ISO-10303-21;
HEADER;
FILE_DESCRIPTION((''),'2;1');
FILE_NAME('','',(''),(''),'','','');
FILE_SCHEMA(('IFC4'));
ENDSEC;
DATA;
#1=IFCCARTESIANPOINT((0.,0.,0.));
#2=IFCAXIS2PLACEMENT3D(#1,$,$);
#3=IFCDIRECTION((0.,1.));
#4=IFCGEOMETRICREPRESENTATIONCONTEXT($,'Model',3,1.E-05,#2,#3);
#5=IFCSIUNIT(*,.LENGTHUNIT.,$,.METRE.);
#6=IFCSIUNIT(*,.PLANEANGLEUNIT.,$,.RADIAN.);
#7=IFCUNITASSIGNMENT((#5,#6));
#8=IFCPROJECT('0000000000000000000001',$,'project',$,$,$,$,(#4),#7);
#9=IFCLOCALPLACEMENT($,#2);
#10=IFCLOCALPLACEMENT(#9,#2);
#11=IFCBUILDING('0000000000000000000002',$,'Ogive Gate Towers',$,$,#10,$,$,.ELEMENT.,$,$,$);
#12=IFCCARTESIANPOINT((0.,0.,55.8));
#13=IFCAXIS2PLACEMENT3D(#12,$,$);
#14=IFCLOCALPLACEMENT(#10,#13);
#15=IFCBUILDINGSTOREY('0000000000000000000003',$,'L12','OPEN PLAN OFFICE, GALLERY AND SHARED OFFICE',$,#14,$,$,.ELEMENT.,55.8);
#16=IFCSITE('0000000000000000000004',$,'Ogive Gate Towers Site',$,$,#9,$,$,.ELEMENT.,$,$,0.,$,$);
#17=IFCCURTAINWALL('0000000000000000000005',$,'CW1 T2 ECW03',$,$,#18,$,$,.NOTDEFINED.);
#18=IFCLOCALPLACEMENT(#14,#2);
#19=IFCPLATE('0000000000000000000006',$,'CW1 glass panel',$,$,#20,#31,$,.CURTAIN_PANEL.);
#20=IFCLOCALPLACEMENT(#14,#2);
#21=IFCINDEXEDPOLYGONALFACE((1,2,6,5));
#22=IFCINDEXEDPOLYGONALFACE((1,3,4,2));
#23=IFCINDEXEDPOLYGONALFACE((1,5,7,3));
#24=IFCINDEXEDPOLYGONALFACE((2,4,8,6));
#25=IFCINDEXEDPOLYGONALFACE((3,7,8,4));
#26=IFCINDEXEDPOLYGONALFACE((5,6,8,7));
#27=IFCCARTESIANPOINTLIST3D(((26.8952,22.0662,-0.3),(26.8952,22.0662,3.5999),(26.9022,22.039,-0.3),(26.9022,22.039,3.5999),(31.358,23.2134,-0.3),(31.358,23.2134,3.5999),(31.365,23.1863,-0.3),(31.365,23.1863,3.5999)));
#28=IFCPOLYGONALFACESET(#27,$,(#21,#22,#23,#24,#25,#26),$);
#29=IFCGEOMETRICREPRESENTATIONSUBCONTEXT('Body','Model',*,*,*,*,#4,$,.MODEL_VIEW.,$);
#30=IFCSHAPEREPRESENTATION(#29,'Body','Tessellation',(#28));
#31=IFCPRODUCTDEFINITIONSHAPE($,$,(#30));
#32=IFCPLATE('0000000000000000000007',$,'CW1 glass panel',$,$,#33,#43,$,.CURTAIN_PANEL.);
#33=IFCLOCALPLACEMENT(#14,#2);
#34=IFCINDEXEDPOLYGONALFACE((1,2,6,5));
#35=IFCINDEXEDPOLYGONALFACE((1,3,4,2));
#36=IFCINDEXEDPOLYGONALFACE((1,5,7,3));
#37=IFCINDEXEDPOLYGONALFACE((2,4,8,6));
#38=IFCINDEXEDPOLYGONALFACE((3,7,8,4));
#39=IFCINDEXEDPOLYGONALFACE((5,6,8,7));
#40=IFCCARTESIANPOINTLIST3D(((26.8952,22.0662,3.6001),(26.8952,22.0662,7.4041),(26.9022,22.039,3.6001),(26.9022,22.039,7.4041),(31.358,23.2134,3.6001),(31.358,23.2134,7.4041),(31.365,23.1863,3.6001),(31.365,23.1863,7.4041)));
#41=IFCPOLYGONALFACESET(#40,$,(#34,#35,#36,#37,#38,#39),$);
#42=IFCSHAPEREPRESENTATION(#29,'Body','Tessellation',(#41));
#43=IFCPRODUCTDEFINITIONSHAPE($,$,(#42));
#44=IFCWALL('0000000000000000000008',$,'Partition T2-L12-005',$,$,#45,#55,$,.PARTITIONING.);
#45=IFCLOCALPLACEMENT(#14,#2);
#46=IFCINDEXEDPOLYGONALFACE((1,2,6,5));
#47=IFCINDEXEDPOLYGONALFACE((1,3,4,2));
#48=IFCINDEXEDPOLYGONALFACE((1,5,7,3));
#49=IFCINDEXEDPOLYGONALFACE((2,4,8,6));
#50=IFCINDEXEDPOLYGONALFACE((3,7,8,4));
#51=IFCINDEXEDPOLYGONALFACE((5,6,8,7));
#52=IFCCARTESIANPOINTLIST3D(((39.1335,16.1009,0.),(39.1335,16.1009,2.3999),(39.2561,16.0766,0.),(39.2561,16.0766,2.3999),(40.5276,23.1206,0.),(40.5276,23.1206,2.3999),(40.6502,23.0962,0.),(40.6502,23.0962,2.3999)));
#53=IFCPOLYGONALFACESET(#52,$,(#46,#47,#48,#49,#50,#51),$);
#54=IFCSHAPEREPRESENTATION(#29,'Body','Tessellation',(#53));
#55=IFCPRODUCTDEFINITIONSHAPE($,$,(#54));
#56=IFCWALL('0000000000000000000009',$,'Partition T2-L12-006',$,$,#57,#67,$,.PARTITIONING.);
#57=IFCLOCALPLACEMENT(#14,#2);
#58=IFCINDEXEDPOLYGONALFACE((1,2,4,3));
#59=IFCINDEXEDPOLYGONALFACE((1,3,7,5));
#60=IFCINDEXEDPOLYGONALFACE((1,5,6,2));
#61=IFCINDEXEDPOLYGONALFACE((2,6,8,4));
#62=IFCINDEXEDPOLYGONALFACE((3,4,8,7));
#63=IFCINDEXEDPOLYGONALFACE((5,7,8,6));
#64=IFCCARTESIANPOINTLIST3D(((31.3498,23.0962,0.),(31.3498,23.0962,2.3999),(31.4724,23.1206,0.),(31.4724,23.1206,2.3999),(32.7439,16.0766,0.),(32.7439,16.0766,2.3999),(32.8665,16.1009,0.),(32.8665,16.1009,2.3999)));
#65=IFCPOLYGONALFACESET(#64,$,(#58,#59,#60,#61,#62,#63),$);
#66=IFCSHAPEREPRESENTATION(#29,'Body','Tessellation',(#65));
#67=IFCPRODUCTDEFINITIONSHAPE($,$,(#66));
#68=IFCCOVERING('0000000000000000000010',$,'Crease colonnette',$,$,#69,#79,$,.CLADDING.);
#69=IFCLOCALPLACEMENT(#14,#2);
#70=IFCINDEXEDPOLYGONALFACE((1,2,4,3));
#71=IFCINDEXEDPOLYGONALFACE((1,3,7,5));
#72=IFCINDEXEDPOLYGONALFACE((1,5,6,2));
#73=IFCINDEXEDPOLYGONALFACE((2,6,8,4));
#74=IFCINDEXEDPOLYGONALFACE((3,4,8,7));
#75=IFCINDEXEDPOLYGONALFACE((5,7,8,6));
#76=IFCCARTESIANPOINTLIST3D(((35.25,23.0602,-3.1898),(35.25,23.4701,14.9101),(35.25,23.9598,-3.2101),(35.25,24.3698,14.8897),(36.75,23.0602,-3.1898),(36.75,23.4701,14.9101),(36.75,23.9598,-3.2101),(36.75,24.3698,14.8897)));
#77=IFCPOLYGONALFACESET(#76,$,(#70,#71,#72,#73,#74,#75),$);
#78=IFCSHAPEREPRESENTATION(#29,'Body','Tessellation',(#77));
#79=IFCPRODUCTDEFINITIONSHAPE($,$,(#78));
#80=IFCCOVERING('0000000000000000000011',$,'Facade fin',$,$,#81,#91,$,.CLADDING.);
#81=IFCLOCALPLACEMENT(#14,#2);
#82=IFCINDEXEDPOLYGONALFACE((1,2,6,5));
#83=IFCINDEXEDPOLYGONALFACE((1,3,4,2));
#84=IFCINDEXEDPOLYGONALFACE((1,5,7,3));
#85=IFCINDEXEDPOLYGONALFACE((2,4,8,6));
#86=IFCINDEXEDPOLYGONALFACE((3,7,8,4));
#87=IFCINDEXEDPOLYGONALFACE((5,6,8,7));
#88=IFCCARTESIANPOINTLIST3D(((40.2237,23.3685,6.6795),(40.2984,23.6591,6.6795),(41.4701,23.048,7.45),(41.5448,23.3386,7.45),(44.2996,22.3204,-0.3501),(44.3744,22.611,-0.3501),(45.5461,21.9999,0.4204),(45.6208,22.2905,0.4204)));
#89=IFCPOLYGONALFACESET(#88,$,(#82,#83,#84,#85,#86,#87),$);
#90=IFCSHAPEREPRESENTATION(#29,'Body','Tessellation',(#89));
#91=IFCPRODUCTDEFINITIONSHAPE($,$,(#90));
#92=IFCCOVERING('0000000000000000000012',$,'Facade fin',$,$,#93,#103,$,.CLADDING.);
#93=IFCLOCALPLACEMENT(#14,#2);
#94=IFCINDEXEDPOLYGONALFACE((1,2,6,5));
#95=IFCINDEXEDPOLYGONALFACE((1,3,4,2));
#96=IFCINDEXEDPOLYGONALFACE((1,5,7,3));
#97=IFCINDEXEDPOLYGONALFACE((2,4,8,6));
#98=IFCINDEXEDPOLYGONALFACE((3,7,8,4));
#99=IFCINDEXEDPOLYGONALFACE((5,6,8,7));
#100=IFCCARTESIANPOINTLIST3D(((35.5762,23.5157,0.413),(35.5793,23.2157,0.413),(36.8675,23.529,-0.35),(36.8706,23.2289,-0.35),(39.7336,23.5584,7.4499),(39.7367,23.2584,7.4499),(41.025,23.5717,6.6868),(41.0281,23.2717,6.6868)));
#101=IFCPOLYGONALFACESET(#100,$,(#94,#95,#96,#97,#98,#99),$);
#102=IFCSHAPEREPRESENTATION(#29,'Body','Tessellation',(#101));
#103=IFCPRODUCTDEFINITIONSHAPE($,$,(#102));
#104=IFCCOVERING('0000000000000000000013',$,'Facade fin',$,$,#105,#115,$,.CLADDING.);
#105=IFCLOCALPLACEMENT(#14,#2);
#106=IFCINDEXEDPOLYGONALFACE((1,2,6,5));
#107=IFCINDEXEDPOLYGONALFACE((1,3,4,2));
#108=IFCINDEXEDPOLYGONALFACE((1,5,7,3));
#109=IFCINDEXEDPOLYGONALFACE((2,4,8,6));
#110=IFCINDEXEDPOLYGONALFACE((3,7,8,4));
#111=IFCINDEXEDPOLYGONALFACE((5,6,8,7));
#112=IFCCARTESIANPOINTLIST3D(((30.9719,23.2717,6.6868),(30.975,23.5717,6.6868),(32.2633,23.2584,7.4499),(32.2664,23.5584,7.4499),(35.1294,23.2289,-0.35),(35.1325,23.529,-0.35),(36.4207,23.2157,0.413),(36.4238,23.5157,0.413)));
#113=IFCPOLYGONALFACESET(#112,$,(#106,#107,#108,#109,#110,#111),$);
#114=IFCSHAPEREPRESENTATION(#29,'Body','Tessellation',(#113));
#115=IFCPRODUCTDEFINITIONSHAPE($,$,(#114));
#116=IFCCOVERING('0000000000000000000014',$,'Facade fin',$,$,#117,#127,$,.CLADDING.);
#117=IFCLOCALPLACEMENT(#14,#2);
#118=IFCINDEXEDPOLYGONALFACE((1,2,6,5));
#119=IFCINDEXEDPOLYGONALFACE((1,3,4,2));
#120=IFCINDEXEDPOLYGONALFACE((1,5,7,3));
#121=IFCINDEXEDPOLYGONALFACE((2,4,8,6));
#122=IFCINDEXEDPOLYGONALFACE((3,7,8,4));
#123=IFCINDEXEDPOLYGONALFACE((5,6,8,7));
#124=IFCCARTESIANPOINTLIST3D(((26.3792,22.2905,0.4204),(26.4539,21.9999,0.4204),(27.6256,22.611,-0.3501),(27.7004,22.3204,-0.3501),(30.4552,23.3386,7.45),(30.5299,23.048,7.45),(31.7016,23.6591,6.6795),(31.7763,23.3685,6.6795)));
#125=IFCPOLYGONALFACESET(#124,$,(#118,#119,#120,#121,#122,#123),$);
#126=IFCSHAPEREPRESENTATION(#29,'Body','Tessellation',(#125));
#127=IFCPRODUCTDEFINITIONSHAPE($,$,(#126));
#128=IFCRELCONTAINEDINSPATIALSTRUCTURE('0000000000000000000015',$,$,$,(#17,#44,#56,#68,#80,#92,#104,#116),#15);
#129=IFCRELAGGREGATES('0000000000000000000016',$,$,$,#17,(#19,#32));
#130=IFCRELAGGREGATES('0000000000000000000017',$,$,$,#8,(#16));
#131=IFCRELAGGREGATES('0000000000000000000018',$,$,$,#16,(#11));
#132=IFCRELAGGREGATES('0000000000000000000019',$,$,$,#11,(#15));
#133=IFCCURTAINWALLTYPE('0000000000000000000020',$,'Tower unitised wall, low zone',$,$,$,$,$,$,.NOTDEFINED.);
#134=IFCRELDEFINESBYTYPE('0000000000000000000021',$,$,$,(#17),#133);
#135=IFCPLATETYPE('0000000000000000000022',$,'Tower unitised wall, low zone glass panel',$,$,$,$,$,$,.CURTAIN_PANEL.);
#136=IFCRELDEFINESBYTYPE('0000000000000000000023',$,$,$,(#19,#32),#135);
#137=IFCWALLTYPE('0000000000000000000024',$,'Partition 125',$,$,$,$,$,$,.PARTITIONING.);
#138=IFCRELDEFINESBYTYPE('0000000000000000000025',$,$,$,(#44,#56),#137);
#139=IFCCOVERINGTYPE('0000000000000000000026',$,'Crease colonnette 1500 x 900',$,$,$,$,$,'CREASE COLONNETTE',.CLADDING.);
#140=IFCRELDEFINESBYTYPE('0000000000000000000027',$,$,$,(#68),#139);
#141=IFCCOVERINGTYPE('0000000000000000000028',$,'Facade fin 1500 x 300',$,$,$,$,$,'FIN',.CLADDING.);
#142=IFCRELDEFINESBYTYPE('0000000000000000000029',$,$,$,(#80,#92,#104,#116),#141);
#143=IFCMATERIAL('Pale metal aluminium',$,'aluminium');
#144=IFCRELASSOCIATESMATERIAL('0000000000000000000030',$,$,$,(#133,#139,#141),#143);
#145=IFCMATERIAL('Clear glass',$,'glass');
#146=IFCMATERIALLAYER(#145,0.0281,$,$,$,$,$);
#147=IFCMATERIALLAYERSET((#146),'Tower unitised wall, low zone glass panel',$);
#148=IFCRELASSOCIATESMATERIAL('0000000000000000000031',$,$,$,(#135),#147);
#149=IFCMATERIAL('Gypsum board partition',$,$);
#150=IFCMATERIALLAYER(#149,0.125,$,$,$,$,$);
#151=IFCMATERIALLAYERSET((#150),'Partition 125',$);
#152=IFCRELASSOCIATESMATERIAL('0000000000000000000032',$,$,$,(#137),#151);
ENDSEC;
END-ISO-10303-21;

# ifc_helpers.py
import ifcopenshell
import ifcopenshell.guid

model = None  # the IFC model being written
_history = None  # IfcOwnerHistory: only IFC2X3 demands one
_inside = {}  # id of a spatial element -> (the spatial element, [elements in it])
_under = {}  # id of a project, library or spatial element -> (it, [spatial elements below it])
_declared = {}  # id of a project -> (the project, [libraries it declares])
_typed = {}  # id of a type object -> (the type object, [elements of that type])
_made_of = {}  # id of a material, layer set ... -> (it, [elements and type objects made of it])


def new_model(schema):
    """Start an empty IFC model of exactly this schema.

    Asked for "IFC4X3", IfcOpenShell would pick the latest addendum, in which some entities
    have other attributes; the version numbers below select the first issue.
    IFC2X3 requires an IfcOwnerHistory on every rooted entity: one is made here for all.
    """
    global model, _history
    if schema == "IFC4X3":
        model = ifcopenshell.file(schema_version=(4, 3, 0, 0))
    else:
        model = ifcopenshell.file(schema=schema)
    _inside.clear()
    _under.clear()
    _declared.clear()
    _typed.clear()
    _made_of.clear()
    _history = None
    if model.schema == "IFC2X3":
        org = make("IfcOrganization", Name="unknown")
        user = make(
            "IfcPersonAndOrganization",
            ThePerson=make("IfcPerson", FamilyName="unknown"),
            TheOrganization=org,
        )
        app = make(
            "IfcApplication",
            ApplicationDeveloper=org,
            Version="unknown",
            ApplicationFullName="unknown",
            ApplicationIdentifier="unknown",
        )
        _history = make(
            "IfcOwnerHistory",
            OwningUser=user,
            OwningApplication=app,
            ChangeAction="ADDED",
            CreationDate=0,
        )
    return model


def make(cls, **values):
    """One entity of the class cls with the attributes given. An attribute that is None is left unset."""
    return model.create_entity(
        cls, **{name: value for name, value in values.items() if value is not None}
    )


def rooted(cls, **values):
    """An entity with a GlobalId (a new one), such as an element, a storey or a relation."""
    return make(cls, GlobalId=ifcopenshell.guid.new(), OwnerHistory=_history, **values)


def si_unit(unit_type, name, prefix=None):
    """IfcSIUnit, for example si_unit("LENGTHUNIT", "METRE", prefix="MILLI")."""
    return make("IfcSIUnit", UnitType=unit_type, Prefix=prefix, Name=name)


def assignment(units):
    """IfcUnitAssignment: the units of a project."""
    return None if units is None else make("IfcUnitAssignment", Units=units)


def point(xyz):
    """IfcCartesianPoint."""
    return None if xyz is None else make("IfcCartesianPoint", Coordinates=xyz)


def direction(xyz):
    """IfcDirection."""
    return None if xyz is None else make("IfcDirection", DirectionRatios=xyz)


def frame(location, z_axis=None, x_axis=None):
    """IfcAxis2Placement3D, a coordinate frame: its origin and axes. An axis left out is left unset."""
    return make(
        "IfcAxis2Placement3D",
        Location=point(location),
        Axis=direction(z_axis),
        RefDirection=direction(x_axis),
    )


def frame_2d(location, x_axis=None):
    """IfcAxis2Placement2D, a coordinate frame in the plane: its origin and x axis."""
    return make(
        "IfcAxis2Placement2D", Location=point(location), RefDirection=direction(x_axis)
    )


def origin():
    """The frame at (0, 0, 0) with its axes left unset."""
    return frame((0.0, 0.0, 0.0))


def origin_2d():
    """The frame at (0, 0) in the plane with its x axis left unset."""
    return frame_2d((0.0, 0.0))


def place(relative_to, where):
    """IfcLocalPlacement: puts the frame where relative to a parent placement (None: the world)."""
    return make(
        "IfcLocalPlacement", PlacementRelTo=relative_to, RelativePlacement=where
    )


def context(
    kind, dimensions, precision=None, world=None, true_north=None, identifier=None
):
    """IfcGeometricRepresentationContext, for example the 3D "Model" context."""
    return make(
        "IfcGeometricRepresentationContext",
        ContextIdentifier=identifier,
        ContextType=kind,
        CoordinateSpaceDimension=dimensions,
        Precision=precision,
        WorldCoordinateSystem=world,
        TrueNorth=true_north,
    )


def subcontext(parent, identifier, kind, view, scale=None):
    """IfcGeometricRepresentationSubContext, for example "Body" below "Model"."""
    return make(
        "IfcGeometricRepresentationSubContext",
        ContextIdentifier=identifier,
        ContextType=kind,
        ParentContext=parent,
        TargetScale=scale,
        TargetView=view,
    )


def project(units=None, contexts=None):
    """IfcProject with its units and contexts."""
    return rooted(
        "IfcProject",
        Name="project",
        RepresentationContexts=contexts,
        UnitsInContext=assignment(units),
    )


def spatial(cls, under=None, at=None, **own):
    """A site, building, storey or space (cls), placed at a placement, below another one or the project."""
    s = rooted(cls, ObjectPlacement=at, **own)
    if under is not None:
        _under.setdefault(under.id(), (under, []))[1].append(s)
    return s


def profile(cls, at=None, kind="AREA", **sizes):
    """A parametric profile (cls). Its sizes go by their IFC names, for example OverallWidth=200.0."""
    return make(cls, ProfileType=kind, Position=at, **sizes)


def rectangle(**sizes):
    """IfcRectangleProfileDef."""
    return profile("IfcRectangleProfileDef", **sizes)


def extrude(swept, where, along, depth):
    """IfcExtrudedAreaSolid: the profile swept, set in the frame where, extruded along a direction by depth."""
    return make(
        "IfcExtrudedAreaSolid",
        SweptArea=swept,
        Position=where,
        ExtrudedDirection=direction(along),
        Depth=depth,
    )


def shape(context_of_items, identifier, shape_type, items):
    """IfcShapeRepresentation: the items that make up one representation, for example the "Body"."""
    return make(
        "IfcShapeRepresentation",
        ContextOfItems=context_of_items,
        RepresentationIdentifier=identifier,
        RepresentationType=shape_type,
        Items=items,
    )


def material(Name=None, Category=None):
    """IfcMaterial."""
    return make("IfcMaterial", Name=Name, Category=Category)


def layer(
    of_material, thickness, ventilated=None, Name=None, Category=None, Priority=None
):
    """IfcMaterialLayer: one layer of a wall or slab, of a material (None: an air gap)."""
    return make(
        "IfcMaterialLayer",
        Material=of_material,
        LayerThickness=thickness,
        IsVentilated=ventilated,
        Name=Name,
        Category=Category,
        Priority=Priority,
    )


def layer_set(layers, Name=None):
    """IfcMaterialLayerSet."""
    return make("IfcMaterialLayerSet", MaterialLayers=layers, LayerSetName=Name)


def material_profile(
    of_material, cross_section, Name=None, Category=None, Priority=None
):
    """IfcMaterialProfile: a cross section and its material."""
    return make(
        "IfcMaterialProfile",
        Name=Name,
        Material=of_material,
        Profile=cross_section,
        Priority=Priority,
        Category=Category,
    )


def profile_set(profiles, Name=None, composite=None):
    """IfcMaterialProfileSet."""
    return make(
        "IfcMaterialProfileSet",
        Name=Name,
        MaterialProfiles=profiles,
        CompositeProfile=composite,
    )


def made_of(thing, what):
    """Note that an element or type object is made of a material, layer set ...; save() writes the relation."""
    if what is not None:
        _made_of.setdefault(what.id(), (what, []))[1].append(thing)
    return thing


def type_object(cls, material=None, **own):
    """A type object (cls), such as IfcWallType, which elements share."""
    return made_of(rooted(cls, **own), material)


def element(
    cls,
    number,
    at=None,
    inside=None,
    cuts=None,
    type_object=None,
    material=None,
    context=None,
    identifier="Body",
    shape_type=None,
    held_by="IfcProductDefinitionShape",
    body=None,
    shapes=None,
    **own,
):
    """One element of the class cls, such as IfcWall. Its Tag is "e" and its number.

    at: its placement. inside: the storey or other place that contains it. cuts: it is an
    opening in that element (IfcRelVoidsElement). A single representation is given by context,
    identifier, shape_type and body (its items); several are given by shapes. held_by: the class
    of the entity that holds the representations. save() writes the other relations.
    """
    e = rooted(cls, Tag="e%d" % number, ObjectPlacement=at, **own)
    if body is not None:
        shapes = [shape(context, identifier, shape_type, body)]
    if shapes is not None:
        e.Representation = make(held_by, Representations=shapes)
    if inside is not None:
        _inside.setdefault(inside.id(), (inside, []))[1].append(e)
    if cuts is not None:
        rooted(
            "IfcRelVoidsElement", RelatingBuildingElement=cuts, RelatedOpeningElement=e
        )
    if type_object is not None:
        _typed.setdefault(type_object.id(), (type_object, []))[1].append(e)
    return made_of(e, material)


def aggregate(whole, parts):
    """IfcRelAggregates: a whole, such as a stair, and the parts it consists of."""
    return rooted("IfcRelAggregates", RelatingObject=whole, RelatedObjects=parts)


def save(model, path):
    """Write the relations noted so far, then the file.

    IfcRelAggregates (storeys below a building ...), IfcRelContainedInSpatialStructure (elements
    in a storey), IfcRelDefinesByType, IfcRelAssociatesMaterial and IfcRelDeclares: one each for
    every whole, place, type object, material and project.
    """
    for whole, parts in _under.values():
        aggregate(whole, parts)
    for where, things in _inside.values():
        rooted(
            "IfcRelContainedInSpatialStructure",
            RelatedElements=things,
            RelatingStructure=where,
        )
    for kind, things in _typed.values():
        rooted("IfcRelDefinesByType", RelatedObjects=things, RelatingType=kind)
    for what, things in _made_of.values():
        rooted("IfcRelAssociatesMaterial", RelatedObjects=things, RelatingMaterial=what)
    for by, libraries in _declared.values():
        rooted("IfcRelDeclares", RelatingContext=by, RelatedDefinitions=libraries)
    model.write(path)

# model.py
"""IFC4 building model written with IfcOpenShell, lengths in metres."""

from ifc_helpers import new_model, si_unit, direction, frame, frame_2d, origin, origin_2d, place, context, subcontext, project, spatial, rectangle, extrude, material, layer, layer_set, material_profile, profile_set, type_object, element, aggregate, save


model = new_model("IFC4")

# Units and contexts
model_context = context("Model", 3, precision=1e-05, world=origin(), true_north=direction((0.0, 1.0)))
body_context = subcontext(model_context, "Body", "Model", "MODEL_VIEW")
ifc_project = project(units=[si_unit("LENGTHUNIT", "METRE"), si_unit("PLANEANGLEUNIT", "RADIAN")], contexts=[model_context])

# Site, building, storey
site_placement = place(None, origin())
site = spatial("IfcSite", under=ifc_project, at=site_placement, Name="Ogive Gate Towers Site", CompositionType="ELEMENT", RefElevation=0.0)
building_placement = place(site_placement, origin())
building = spatial("IfcBuilding", under=site, at=building_placement, Name="Ogive Gate Towers", CompositionType="ELEMENT")
storey_placement = place(building_placement, frame((0.0, 0.0, 55.8)))
storey = spatial("IfcBuildingStorey", under=building, at=storey_placement, Name="L12", Description="OPEN PLAN OFFICE, GALLERY AND SHARED OFFICE", CompositionType="ELEMENT", Elevation=55.8)

# Shared definitions
ifc_material_1 = material(Name="Pale metal aluminium", Category="aluminium")
curtain_wall_type = type_object("IfcCurtainWallType", Name="Tower unitised wall, low zone", PredefinedType="NOTDEFINED", material=ifc_material_1)

# Curtain wall
curtain_wall_1_placement = place(storey_placement, origin())
curtain_wall_1 = element("IfcCurtainWall", 1, at=curtain_wall_1_placement, inside=storey, type_object=curtain_wall_type, Name="CW1 T2 ECW03", PredefinedType="NOTDEFINED")

# Plates
ifc_material_2 = material(Name="Clear glass", Category="glass")
ifc_layer_1 = layer(ifc_material_2, 0.0281)
ifc_layer_set_1 = layer_set([ifc_layer_1], Name="Tower unitised wall, low zone glass panel")
plate_type = type_object("IfcPlateType", Name="Tower unitised wall, low zone glass panel", PredefinedType="CURTAIN_PANEL", material=ifc_layer_set_1)
plate_1_placement = place(storey_placement, frame((29.1301, 22.6262, -0.3), z_axis=(0.0, 0.0, 1.0), x_axis=(-0.968509, -0.248977, 0.0)))
plate_1 = element("IfcPlate", 2, at=plate_1_placement, type_object=plate_type, Name="CW1 glass panel", PredefinedType="CURTAIN_PANEL", context=body_context, shape_type="SweptSolid", body=[
    extrude(rectangle(XDim=4.6079, YDim=0.0281, at=origin_2d()), origin(), (0.0, 0.0, 1.0), 3.8999),
])
plate_2_placement = place(storey_placement, frame((29.1301, 22.6262, 3.6001), z_axis=(0.0, 0.0, 1.0), x_axis=(-0.968509, -0.248977, 0.0)))
plate_2 = element("IfcPlate", 3, at=plate_2_placement, type_object=plate_type, Name="CW1 glass panel", PredefinedType="CURTAIN_PANEL", context=body_context, shape_type="SweptSolid", body=[
    extrude(rectangle(XDim=4.6079, YDim=0.0281, at=origin_2d()), origin(), (0.0, 0.0, 1.0), 3.804),
])
aggregate(curtain_wall_1, [plate_1, plate_2])

# Walls
ifc_material_3 = material(Name="Gypsum board partition")
ifc_layer_2 = layer(ifc_material_3, 0.125)
ifc_layer_set_2 = layer_set([ifc_layer_2], Name="Partition 125")
wall_type = type_object("IfcWallType", Name="Partition 125", PredefinedType="PARTITIONING", material=ifc_layer_set_2)
for number, where, z_axis, x_axis, name in (
    (4, (40.5889, 23.1084, 0.0), (0.0, 0.0, 1.0), (-0.194791, -0.980845, 0.0), "Partition T2-L12-005"),
    (5, (31.4111, 23.1084, 0.0), (0.0, 0.0, 1.0), (0.194791, -0.980845, 0.0), "Partition T2-L12-006"),
):
    element("IfcWall", number, at=place(storey_placement, frame(where, z_axis=z_axis, x_axis=x_axis)), inside=storey, type_object=wall_type, Name=name, PredefinedType="PARTITIONING", context=body_context, shape_type="SweptSolid", body=[
        extrude(rectangle(XDim=7.1567, YDim=0.125, at=frame_2d((3.5784, 0.0))), origin(), (0.0, 0.0, 1.0), 2.3999),
    ])

# Coverings
ifc_material_profile_1 = material_profile(ifc_material_1, rectangle(XDim=1.5, YDim=0.8999, at=origin_2d()), Name="1500 x 900 pale metal aluminium")
ifc_profile_set_1 = profile_set([ifc_material_profile_1], Name="Pale metal aluminium")
covering_type_1 = type_object("IfcCoveringType", Name="Crease colonnette 1500 x 900", ElementType="CREASE COLONNETTE", PredefinedType="CLADDING", material=ifc_profile_set_1)
covering_1_placement = place(storey_placement, frame((36.0, 23.51, -3.2), z_axis=(0.0, 0.022641, 0.999744), x_axis=(-1.0, 0.0, 0.0)))
element("IfcCovering", 6, at=covering_1_placement, inside=storey, type_object=covering_type_1, Name="Crease colonnette", PredefinedType="CLADDING", context=body_context, shape_type="SweptSolid", body=[
    extrude(rectangle(XDim=1.5, YDim=0.8999, at=origin_2d()), origin(), (0.0, 0.0, 1.0), 18.1045),
])
ifc_material_profile_2 = material_profile(ifc_material_1, rectangle(XDim=0.3, YDim=1.5, at=origin_2d()), Name="1500 x 300 pale metal aluminium")
ifc_profile_set_2 = profile_set([ifc_material_profile_2], Name="Pale metal aluminium")
covering_type_2 = type_object("IfcCoveringType", Name="Facade fin 1500 x 300", ElementType="FIN", PredefinedType="CLADDING", material=ifc_profile_set_2)
covering_2_placement = place(storey_placement, frame((44.9602, 22.3054, 0.0352), z_axis=(-0.497486, 0.127925, 0.857988), x_axis=(-0.249041, -0.968493, 0.0)))
element("IfcCovering", 7, at=covering_2_placement, inside=storey, type_object=covering_type_2, Name="Facade fin", PredefinedType="CLADDING", context=body_context, shape_type="SweptSolid", body=[
    extrude(rectangle(XDim=0.3, YDim=1.5, at=origin_2d()), origin(), (0.0, 0.0, 1.0), 8.1931),
])
for number, where, z_axis, x_axis, name in (
    (8, (36.2234, 23.3723, 0.0315), (0.508661, 0.005227, 0.860951), (-0.010276, 0.999947, 0.0), "Facade fin"),
    (9, (35.7766, 23.3723, 0.0315), (-0.508661, 0.005227, 0.860951), (-0.010276, -0.999947, 0.0), "Facade fin"),
):
    element("IfcCovering", number, at=place(storey_placement, frame(where, z_axis=z_axis, x_axis=x_axis)), inside=storey, type_object=covering_type_2, Name=name, PredefinedType="CLADDING", context=body_context, shape_type="SweptSolid", body=[
        extrude(rectangle(XDim=0.3, YDim=1.5, at=origin_2d()), origin(), (0.0, 0.0, 1.0), 8.1733),
    ])
covering_3_placement = place(storey_placement, frame((27.0398, 22.3054, 0.0352), z_axis=(0.497486, 0.127925, 0.857988), x_axis=(-0.249041, 0.968493, 0.0)))
element("IfcCovering", 10, at=covering_3_placement, inside=storey, type_object=covering_type_2, Name="Facade fin", PredefinedType="CLADDING", context=body_context, shape_type="SweptSolid", body=[
    extrude(rectangle(XDim=0.3, YDim=1.5, at=origin_2d()), origin(), (0.0, 0.0, 1.0), 8.1931),
])

save(model, "model.ifc")
